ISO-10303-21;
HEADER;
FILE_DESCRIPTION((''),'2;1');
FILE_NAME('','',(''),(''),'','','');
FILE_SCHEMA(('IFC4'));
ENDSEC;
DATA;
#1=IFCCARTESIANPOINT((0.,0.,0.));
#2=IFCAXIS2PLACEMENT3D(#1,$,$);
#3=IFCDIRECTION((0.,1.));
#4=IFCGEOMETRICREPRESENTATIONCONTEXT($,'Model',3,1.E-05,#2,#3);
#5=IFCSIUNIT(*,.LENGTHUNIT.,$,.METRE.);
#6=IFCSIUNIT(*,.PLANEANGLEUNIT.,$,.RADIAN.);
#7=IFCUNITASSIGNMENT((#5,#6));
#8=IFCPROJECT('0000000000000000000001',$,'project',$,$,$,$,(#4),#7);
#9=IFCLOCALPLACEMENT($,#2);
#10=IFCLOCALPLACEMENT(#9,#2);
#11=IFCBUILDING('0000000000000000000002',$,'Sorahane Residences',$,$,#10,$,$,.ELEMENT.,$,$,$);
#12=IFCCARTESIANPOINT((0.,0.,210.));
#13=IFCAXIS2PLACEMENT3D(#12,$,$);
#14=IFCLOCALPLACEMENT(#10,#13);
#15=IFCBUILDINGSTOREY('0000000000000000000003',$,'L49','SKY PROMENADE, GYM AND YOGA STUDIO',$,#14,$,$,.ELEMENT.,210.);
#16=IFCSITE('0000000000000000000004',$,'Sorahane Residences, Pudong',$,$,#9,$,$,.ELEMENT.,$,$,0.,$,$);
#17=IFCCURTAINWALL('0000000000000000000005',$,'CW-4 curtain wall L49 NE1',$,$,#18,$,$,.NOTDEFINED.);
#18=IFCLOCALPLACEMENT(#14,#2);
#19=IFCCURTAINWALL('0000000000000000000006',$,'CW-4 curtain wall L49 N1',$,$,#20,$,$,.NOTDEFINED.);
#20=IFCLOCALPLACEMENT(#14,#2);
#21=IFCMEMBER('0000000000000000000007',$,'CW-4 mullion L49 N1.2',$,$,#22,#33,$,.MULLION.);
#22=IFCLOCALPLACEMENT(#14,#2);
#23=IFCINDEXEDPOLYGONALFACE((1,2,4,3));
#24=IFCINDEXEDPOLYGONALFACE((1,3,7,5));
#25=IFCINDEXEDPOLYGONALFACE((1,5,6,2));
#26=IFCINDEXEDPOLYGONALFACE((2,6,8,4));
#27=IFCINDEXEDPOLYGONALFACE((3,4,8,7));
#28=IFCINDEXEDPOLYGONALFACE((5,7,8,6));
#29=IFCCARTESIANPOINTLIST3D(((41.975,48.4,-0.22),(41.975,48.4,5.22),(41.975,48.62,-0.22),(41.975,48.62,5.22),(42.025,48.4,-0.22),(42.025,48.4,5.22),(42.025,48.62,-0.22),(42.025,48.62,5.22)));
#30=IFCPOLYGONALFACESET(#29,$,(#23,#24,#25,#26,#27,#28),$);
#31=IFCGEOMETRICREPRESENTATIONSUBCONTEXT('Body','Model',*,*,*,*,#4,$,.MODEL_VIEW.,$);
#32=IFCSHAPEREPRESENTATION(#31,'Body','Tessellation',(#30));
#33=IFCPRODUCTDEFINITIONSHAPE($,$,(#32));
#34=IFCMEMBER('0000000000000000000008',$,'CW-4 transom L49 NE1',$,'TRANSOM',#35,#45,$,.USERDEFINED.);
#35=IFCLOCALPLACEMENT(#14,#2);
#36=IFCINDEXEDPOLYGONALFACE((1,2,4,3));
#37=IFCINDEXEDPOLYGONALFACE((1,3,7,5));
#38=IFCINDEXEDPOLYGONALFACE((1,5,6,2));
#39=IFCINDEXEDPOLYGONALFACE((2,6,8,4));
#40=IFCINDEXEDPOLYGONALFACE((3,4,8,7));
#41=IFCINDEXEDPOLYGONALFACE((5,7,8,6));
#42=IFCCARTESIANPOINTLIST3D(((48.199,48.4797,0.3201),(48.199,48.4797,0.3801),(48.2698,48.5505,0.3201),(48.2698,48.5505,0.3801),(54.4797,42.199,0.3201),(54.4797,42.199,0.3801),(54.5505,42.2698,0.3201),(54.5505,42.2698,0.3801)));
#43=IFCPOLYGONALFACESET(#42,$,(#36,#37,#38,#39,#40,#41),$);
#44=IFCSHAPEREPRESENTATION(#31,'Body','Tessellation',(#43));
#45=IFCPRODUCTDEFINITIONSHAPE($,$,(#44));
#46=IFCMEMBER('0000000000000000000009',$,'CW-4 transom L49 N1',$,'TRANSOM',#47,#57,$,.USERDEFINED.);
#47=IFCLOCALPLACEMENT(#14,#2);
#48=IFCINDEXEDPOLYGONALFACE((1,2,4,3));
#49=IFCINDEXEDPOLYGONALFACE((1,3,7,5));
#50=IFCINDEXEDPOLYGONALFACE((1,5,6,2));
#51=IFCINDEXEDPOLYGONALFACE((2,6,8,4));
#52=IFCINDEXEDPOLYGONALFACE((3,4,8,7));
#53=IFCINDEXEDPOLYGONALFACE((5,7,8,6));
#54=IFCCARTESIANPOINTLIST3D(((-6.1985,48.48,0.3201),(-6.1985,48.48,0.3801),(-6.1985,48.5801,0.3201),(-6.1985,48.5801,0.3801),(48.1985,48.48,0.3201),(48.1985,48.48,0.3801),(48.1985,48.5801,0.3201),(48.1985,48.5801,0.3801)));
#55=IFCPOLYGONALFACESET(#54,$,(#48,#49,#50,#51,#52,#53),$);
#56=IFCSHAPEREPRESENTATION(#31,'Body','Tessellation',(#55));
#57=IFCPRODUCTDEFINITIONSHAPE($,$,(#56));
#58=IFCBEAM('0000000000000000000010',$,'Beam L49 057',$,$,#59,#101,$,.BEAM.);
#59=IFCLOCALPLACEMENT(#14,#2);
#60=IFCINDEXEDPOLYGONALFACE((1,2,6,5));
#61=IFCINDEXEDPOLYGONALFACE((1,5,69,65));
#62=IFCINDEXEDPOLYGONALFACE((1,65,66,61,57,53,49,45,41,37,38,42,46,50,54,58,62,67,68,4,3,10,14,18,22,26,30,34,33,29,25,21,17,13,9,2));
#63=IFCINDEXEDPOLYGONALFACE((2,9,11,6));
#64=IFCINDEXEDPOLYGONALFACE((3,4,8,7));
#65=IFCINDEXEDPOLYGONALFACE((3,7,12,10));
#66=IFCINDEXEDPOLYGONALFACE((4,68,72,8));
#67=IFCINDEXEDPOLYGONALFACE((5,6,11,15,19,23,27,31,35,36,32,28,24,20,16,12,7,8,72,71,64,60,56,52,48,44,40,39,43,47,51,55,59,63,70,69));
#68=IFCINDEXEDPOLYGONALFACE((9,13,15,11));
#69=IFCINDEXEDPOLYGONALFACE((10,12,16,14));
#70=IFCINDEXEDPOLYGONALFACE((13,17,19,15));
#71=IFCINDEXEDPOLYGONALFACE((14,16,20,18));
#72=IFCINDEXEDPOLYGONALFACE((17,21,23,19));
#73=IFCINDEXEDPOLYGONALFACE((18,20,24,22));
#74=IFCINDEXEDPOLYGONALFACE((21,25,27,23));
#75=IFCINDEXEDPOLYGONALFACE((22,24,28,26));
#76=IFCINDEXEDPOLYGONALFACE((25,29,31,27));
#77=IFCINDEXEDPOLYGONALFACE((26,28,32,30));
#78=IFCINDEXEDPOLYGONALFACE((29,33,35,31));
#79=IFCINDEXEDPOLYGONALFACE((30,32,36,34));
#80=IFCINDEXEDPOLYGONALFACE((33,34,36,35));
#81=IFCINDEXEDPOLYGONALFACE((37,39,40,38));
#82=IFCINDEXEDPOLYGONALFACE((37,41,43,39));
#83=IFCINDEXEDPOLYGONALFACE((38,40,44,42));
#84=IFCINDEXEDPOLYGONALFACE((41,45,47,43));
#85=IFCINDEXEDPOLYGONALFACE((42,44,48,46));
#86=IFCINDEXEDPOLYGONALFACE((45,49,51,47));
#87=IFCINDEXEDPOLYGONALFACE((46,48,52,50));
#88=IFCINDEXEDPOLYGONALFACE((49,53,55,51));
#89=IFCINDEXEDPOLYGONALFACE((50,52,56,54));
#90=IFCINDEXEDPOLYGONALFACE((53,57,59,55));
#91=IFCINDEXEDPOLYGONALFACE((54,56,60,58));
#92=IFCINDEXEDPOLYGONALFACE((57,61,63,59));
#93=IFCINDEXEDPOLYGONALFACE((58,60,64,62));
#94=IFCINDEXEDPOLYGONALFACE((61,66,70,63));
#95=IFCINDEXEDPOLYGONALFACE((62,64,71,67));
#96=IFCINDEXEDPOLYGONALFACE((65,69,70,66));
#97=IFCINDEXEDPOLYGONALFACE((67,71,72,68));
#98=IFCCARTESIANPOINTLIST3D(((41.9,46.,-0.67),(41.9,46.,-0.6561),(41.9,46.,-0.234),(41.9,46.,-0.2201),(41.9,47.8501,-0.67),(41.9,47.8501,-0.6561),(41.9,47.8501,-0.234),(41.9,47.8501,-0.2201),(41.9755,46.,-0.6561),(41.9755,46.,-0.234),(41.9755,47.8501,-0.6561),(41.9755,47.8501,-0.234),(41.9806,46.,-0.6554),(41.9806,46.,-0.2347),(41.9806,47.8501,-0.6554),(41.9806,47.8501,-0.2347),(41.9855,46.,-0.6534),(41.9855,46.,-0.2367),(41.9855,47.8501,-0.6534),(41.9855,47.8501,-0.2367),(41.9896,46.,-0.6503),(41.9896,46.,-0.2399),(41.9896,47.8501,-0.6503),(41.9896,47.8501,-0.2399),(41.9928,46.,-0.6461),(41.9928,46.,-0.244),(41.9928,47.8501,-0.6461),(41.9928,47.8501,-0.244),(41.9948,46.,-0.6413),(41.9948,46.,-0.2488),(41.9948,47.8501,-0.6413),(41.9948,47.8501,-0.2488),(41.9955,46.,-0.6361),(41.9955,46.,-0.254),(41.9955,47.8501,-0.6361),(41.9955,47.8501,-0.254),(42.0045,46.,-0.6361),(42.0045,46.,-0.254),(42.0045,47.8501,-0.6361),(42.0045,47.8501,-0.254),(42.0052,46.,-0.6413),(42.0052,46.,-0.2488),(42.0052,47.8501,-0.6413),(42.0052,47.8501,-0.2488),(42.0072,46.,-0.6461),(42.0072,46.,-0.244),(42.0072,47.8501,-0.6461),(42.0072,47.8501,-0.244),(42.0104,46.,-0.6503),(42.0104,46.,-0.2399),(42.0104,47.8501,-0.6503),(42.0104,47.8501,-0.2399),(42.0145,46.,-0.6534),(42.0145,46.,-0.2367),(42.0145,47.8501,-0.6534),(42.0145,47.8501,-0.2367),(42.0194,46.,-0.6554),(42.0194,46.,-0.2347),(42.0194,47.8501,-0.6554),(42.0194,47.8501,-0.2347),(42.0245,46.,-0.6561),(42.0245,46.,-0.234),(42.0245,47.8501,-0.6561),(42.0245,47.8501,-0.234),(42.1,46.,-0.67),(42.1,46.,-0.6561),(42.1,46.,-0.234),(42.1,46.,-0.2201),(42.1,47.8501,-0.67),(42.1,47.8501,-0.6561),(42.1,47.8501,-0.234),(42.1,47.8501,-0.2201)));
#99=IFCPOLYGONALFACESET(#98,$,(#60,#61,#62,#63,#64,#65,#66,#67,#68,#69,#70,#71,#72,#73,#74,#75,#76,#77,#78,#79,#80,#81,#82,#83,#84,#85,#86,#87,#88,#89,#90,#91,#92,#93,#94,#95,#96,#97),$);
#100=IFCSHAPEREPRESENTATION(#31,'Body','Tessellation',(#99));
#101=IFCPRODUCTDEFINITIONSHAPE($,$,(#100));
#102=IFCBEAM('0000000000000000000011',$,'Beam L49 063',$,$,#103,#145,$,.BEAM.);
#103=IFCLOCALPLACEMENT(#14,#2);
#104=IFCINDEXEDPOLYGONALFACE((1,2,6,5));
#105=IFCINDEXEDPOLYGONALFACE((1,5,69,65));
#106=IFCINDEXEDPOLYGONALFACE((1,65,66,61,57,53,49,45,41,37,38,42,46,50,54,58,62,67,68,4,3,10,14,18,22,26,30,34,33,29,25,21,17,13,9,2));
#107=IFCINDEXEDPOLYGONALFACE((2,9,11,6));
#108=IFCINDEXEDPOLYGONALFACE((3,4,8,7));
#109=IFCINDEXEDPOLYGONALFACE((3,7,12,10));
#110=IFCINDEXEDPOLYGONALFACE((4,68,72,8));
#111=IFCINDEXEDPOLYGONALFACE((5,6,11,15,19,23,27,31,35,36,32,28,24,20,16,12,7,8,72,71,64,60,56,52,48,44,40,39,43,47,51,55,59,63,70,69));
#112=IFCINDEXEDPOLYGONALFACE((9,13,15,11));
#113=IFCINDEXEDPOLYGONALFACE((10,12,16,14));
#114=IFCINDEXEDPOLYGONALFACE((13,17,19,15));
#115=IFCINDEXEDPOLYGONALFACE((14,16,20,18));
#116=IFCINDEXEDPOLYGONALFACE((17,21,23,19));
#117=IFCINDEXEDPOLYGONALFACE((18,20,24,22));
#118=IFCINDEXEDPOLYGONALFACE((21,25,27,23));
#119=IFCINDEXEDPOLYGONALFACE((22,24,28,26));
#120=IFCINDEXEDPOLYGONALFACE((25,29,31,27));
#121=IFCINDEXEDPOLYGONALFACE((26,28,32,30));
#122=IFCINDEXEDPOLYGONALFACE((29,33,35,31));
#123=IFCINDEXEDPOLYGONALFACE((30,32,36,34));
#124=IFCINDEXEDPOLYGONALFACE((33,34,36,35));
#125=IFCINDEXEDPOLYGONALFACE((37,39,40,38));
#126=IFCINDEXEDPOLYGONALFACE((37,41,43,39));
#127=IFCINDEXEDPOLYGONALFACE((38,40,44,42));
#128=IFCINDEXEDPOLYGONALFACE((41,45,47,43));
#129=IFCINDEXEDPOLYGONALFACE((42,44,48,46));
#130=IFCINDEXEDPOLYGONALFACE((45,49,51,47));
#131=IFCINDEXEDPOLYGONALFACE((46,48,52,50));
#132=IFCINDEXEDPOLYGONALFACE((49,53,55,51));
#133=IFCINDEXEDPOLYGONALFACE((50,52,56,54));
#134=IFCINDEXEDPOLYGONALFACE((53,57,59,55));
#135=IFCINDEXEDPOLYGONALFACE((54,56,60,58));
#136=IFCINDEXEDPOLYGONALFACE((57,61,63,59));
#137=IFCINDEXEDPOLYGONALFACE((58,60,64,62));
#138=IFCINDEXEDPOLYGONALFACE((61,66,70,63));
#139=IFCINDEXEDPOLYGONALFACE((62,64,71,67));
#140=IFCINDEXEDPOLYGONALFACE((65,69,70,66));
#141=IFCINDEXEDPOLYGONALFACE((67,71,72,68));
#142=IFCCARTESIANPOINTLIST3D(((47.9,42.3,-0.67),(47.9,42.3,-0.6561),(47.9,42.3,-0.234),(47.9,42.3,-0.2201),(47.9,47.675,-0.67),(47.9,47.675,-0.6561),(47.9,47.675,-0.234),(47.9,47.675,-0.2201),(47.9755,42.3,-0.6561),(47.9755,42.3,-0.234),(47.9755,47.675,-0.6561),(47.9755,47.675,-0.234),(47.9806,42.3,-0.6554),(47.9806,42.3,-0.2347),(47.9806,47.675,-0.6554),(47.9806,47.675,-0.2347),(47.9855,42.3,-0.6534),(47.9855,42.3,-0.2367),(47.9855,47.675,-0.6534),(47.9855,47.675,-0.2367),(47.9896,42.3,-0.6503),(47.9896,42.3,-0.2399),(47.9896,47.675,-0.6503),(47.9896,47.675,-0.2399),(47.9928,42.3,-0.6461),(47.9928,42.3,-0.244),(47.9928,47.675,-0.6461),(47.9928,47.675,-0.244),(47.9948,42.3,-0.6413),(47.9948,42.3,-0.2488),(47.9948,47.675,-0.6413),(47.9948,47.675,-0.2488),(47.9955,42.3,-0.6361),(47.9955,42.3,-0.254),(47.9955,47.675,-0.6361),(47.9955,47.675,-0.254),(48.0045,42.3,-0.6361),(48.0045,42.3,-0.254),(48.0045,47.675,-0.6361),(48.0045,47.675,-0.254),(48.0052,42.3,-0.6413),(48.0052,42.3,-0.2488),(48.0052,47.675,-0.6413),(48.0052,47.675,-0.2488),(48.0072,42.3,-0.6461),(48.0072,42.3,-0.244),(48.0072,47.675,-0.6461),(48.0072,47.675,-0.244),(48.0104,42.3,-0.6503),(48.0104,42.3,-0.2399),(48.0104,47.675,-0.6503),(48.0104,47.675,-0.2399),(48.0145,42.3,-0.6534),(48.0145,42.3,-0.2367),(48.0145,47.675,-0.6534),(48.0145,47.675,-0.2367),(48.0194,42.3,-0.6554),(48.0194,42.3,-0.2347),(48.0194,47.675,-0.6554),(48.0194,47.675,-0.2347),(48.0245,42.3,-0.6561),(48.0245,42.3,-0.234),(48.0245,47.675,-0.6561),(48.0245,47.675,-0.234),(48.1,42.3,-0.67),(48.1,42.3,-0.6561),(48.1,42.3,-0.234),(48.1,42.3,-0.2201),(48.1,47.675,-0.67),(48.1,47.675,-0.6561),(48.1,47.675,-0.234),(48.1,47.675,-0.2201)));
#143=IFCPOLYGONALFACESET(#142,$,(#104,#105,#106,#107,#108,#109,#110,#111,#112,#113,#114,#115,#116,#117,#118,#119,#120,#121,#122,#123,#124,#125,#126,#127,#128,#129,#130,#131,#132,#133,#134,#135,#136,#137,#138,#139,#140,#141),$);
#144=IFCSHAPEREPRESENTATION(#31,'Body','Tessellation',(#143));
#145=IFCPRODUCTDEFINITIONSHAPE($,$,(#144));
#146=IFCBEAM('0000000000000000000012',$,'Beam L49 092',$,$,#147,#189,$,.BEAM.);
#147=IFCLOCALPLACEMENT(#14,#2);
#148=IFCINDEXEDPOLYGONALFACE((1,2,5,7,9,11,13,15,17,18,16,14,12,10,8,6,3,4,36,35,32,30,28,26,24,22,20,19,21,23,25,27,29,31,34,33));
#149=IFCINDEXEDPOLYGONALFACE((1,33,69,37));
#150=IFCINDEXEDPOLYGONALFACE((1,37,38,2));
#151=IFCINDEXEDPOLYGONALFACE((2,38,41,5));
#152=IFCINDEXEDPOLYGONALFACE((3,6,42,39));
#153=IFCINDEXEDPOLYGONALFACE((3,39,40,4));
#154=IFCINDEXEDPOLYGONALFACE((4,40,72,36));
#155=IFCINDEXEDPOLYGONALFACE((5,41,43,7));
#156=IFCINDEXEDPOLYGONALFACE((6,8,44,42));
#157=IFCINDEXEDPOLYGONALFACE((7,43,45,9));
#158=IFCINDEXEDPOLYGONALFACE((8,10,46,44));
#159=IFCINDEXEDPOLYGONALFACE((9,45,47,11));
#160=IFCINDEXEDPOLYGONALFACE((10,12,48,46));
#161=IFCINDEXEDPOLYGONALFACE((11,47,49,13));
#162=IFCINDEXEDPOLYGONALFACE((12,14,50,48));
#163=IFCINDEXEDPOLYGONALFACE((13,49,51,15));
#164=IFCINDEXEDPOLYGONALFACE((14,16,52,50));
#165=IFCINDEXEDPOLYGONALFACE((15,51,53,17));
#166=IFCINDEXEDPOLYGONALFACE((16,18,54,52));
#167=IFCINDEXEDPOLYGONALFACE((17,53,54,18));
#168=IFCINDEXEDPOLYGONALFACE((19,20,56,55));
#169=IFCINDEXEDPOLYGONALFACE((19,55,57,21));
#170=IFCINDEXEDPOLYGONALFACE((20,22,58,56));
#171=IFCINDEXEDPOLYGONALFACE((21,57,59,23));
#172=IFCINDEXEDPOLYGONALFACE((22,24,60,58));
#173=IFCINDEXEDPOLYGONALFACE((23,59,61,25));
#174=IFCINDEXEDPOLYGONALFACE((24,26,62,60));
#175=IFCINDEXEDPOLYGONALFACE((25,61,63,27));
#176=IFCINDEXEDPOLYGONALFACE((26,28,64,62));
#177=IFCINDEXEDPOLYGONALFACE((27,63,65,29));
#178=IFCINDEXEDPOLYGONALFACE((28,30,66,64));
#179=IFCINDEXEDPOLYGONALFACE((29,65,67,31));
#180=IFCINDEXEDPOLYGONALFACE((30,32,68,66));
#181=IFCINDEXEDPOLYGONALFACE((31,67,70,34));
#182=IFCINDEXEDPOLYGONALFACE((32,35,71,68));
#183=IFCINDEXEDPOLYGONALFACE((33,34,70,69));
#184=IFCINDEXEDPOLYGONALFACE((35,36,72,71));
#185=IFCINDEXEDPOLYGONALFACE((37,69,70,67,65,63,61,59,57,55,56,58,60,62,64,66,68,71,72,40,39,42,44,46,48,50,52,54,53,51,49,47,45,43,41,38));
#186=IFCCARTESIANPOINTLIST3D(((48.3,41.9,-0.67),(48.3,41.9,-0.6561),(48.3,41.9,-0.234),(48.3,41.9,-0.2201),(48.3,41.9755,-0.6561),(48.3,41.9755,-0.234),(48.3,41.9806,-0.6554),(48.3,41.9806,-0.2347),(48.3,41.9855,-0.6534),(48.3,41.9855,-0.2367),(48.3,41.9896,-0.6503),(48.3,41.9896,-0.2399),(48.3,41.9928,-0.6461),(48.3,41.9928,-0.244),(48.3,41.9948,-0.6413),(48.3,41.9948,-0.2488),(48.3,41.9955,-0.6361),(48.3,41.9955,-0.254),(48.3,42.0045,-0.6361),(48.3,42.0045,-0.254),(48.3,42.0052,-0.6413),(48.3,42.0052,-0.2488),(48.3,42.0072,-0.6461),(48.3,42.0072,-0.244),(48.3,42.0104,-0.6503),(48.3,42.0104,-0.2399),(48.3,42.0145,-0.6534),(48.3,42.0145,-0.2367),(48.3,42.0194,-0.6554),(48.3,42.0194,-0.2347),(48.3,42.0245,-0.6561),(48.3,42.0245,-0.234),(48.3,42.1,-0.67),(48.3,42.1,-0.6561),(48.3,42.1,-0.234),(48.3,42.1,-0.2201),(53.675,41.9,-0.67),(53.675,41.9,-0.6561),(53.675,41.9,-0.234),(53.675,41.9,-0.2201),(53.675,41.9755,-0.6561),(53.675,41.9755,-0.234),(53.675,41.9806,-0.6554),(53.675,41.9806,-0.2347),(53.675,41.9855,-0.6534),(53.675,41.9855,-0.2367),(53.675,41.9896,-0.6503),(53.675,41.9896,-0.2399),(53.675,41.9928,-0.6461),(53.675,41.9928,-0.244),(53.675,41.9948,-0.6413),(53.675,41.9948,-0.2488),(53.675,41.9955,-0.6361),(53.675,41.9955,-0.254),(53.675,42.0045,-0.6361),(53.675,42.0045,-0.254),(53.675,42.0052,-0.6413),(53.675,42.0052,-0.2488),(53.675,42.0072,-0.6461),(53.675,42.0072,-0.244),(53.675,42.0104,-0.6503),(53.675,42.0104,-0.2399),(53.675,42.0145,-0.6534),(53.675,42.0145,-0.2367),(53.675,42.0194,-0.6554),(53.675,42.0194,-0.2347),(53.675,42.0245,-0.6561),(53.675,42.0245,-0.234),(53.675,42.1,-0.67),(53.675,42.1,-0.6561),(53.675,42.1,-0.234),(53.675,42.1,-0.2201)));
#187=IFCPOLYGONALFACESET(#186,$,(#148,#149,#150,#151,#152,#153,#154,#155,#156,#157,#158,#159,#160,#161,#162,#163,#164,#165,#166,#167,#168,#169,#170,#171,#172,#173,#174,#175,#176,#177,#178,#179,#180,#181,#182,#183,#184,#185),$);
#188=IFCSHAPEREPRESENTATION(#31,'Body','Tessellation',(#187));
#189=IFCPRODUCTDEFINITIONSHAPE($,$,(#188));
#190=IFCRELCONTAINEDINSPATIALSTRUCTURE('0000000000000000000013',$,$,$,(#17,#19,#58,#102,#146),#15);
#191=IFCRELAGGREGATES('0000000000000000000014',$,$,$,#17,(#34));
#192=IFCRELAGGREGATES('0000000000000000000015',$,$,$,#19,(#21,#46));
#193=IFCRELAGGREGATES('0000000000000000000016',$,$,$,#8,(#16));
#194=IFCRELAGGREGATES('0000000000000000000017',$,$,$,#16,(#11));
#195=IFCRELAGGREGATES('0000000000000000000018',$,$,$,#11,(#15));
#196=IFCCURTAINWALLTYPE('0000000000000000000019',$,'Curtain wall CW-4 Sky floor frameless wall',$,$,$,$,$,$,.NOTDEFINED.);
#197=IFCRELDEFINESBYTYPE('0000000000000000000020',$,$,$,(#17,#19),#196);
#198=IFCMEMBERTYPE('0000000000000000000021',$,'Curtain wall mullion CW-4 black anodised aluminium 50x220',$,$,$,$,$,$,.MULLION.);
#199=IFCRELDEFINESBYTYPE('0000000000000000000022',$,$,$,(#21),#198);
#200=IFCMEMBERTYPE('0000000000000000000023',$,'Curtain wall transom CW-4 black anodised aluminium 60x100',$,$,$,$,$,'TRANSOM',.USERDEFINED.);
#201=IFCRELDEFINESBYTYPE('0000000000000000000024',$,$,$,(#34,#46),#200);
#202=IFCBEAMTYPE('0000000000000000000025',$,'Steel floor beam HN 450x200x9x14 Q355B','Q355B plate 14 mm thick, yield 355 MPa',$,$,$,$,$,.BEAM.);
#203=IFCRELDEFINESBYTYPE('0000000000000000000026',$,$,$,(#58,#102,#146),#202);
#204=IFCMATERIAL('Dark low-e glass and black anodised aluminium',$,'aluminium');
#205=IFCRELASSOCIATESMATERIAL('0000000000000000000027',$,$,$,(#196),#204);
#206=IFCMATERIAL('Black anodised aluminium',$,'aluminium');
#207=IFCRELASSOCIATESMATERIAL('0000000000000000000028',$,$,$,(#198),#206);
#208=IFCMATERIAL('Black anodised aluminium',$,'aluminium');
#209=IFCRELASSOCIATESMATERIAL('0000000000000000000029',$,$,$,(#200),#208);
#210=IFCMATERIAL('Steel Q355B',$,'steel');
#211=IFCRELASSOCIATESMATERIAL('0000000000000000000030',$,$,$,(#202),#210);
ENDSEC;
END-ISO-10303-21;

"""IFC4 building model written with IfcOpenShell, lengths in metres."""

from ifc_helpers import new_model, si_unit, direction, frame, origin, origin_2d, place, context, subcontext, project, spatial, rectangle, i_section, extrude, material, material_profile, profile_set, type_object, element, aggregate, save


model = new_model("IFC4")

# Units and contexts
model_context = context("Model", 3, precision=1e-05, world=origin(), true_north=direction((0.0, 1.0)))
body_context = subcontext(model_context, "Body", "Model", "MODEL_VIEW")
ifc_project = project(units=[si_unit("LENGTHUNIT", "METRE"), si_unit("PLANEANGLEUNIT", "RADIAN")], contexts=[model_context])

# Site, building, storey
site_placement = place(None, origin())
site = spatial("IfcSite", under=ifc_project, at=site_placement, Name="Sorahane Residences, Pudong", CompositionType="ELEMENT", RefElevation=0.0)
building_placement = place(site_placement, origin())
building = spatial("IfcBuilding", under=site, at=building_placement, Name="Sorahane Residences", CompositionType="ELEMENT")
storey_placement = place(building_placement, frame((0.0, 0.0, 210.0)))
storey = spatial("IfcBuildingStorey", under=building, at=storey_placement, Name="L49", Description="SKY PROMENADE, GYM AND YOGA STUDIO", CompositionType="ELEMENT", Elevation=210.0)

# Shared definitions
ifc_material_1 = material(Name="Dark low-e glass and black anodised aluminium", Category="aluminium")
curtain_wall_type = type_object("IfcCurtainWallType", Name="Curtain wall CW-4 Sky floor frameless wall", PredefinedType="NOTDEFINED", material=ifc_material_1)
ifc_material_2 = material(Name="Black anodised aluminium", Category="aluminium")
ifc_material_profile_1 = material_profile(ifc_material_2, rectangle(XDim=0.22, YDim=0.05, at=origin_2d()), Name="Curtain wall mullion CW-4 black anodised aluminium 50x220")
ifc_profile_set_1 = profile_set([ifc_material_profile_1], Name="Black anodised aluminium")
member_type_1 = type_object("IfcMemberType", Name="Curtain wall mullion CW-4 black anodised aluminium 50x220", PredefinedType="MULLION", material=ifc_profile_set_1)

# Curtain wall
curtain_wall_1_placement = place(storey_placement, origin())
curtain_wall_1 = element("IfcCurtainWall", 1, at=curtain_wall_1_placement, inside=storey, type_object=curtain_wall_type, Name="CW-4 curtain wall L49 NE1", PredefinedType="NOTDEFINED")

# Curtain wall, member
curtain_wall_2_placement = place(storey_placement, origin())
curtain_wall_2 = element("IfcCurtainWall", 2, at=curtain_wall_2_placement, inside=storey, type_object=curtain_wall_type, Name="CW-4 curtain wall L49 N1", PredefinedType="NOTDEFINED")
member_1_placement = place(storey_placement, frame((42.0, 48.51, -0.22), z_axis=(0.0, 0.0, 1.0), x_axis=(0.0, 1.0, 0.0)))
member_1 = element("IfcMember", 3, at=member_1_placement, type_object=member_type_1, Name="CW-4 mullion L49 N1.2", PredefinedType="MULLION", context=body_context, shape_type="SweptSolid", body=[
    extrude(rectangle(XDim=0.22, YDim=0.05, at=origin_2d()), origin(), (0.0, 0.0, 1.0), 5.4399),
])

# Members
ifc_material_3 = material(Name="Black anodised aluminium", Category="aluminium")
ifc_material_profile_2 = material_profile(ifc_material_3, rectangle(XDim=0.1001, YDim=0.0601, at=origin_2d()), Name="Curtain wall transom CW-4 black anodised aluminium 60x100")
ifc_profile_set_2 = profile_set([ifc_material_profile_2], Name="Black anodised aluminium")
member_type_2 = type_object("IfcMemberType", Name="Curtain wall transom CW-4 black anodised aluminium 60x100", ElementType="TRANSOM", PredefinedType="USERDEFINED", material=ifc_profile_set_2)
member_2_placement = place(storey_placement, frame((54.5151, 42.2344, 0.3501), z_axis=(-0.707107, 0.707107, 0.0), x_axis=(-0.707107, -0.707107, 0.0)))
member_2 = element("IfcMember", 4, at=member_2_placement, type_object=member_type_2, Name="CW-4 transom L49 NE1", ObjectType="TRANSOM", PredefinedType="USERDEFINED", context=body_context, shape_type="SweptSolid", body=[
    extrude(rectangle(XDim=0.1001, YDim=0.0601, at=origin_2d()), origin(), (0.0, 0.0, 1.0), 8.8823),
])
member_3_placement = place(storey_placement, frame((48.1985, 48.53, 0.3501), z_axis=(-1.0, 0.0, 0.0), x_axis=(0.0, -1.0, 0.0)))
member_3 = element("IfcMember", 5, at=member_3_placement, type_object=member_type_2, Name="CW-4 transom L49 N1", ObjectType="TRANSOM", PredefinedType="USERDEFINED", context=body_context, shape_type="SweptSolid", body=[
    extrude(rectangle(XDim=0.1001, YDim=0.0601, at=origin_2d()), origin(), (0.0, 0.0, 1.0), 54.397),
])

# Beams
ifc_material_4 = material(Name="Steel Q355B", Category="steel")
ifc_material_profile_3 = material_profile(ifc_material_4, i_section(OverallWidth=0.2, OverallDepth=0.45, WebThickness=0.009, FlangeThickness=0.0139, FilletRadius=0.02, at=origin_2d()), Name="HN 450x200x9x14")
ifc_profile_set_3 = profile_set([ifc_material_profile_3], Name="Steel Q355B")
beam_type = type_object("IfcBeamType", Name="Steel floor beam HN 450x200x9x14 Q355B", Description="Q355B plate 14 mm thick, yield 355 MPa", PredefinedType="BEAM", material=ifc_profile_set_3)
beam_placement = place(storey_placement, frame((42.0, 46.0, -0.4451), z_axis=(0.0, 1.0, 0.0), x_axis=(-1.0, 0.0, 0.0)))
element("IfcBeam", 6, at=beam_placement, inside=storey, type_object=beam_type, Name="Beam L49 057", PredefinedType="BEAM", context=body_context, shape_type="SweptSolid", body=[
    extrude(i_section(OverallWidth=0.2, OverallDepth=0.45, WebThickness=0.009, FlangeThickness=0.0139, FilletRadius=0.02, at=origin_2d()), origin(), (0.0, 0.0, 1.0), 1.8501),
])
for number, where, z_axis, x_axis, name in (
    (7, (48.0, 42.3, -0.4451), (0.0, 1.0, 0.0), (-1.0, 0.0, 0.0), "Beam L49 063"),
    (8, (48.3, 42.0, -0.4451), (1.0, 0.0, 0.0), (0.0, 1.0, 0.0), "Beam L49 092"),
):
    element("IfcBeam", number, at=place(storey_placement, frame(where, z_axis=z_axis, x_axis=x_axis)), inside=storey, type_object=beam_type, Name=name, PredefinedType="BEAM", context=body_context, shape_type="SweptSolid", body=[
        extrude(i_section(OverallWidth=0.2, OverallDepth=0.45, WebThickness=0.009, FlangeThickness=0.0139, FilletRadius=0.02, at=origin_2d()), origin(), (0.0, 0.0, 1.0), 5.375),
    ])

aggregate(curtain_wall_1, [member_2])
aggregate(curtain_wall_2, [member_1, member_3])

save(model, "model.ifc")
